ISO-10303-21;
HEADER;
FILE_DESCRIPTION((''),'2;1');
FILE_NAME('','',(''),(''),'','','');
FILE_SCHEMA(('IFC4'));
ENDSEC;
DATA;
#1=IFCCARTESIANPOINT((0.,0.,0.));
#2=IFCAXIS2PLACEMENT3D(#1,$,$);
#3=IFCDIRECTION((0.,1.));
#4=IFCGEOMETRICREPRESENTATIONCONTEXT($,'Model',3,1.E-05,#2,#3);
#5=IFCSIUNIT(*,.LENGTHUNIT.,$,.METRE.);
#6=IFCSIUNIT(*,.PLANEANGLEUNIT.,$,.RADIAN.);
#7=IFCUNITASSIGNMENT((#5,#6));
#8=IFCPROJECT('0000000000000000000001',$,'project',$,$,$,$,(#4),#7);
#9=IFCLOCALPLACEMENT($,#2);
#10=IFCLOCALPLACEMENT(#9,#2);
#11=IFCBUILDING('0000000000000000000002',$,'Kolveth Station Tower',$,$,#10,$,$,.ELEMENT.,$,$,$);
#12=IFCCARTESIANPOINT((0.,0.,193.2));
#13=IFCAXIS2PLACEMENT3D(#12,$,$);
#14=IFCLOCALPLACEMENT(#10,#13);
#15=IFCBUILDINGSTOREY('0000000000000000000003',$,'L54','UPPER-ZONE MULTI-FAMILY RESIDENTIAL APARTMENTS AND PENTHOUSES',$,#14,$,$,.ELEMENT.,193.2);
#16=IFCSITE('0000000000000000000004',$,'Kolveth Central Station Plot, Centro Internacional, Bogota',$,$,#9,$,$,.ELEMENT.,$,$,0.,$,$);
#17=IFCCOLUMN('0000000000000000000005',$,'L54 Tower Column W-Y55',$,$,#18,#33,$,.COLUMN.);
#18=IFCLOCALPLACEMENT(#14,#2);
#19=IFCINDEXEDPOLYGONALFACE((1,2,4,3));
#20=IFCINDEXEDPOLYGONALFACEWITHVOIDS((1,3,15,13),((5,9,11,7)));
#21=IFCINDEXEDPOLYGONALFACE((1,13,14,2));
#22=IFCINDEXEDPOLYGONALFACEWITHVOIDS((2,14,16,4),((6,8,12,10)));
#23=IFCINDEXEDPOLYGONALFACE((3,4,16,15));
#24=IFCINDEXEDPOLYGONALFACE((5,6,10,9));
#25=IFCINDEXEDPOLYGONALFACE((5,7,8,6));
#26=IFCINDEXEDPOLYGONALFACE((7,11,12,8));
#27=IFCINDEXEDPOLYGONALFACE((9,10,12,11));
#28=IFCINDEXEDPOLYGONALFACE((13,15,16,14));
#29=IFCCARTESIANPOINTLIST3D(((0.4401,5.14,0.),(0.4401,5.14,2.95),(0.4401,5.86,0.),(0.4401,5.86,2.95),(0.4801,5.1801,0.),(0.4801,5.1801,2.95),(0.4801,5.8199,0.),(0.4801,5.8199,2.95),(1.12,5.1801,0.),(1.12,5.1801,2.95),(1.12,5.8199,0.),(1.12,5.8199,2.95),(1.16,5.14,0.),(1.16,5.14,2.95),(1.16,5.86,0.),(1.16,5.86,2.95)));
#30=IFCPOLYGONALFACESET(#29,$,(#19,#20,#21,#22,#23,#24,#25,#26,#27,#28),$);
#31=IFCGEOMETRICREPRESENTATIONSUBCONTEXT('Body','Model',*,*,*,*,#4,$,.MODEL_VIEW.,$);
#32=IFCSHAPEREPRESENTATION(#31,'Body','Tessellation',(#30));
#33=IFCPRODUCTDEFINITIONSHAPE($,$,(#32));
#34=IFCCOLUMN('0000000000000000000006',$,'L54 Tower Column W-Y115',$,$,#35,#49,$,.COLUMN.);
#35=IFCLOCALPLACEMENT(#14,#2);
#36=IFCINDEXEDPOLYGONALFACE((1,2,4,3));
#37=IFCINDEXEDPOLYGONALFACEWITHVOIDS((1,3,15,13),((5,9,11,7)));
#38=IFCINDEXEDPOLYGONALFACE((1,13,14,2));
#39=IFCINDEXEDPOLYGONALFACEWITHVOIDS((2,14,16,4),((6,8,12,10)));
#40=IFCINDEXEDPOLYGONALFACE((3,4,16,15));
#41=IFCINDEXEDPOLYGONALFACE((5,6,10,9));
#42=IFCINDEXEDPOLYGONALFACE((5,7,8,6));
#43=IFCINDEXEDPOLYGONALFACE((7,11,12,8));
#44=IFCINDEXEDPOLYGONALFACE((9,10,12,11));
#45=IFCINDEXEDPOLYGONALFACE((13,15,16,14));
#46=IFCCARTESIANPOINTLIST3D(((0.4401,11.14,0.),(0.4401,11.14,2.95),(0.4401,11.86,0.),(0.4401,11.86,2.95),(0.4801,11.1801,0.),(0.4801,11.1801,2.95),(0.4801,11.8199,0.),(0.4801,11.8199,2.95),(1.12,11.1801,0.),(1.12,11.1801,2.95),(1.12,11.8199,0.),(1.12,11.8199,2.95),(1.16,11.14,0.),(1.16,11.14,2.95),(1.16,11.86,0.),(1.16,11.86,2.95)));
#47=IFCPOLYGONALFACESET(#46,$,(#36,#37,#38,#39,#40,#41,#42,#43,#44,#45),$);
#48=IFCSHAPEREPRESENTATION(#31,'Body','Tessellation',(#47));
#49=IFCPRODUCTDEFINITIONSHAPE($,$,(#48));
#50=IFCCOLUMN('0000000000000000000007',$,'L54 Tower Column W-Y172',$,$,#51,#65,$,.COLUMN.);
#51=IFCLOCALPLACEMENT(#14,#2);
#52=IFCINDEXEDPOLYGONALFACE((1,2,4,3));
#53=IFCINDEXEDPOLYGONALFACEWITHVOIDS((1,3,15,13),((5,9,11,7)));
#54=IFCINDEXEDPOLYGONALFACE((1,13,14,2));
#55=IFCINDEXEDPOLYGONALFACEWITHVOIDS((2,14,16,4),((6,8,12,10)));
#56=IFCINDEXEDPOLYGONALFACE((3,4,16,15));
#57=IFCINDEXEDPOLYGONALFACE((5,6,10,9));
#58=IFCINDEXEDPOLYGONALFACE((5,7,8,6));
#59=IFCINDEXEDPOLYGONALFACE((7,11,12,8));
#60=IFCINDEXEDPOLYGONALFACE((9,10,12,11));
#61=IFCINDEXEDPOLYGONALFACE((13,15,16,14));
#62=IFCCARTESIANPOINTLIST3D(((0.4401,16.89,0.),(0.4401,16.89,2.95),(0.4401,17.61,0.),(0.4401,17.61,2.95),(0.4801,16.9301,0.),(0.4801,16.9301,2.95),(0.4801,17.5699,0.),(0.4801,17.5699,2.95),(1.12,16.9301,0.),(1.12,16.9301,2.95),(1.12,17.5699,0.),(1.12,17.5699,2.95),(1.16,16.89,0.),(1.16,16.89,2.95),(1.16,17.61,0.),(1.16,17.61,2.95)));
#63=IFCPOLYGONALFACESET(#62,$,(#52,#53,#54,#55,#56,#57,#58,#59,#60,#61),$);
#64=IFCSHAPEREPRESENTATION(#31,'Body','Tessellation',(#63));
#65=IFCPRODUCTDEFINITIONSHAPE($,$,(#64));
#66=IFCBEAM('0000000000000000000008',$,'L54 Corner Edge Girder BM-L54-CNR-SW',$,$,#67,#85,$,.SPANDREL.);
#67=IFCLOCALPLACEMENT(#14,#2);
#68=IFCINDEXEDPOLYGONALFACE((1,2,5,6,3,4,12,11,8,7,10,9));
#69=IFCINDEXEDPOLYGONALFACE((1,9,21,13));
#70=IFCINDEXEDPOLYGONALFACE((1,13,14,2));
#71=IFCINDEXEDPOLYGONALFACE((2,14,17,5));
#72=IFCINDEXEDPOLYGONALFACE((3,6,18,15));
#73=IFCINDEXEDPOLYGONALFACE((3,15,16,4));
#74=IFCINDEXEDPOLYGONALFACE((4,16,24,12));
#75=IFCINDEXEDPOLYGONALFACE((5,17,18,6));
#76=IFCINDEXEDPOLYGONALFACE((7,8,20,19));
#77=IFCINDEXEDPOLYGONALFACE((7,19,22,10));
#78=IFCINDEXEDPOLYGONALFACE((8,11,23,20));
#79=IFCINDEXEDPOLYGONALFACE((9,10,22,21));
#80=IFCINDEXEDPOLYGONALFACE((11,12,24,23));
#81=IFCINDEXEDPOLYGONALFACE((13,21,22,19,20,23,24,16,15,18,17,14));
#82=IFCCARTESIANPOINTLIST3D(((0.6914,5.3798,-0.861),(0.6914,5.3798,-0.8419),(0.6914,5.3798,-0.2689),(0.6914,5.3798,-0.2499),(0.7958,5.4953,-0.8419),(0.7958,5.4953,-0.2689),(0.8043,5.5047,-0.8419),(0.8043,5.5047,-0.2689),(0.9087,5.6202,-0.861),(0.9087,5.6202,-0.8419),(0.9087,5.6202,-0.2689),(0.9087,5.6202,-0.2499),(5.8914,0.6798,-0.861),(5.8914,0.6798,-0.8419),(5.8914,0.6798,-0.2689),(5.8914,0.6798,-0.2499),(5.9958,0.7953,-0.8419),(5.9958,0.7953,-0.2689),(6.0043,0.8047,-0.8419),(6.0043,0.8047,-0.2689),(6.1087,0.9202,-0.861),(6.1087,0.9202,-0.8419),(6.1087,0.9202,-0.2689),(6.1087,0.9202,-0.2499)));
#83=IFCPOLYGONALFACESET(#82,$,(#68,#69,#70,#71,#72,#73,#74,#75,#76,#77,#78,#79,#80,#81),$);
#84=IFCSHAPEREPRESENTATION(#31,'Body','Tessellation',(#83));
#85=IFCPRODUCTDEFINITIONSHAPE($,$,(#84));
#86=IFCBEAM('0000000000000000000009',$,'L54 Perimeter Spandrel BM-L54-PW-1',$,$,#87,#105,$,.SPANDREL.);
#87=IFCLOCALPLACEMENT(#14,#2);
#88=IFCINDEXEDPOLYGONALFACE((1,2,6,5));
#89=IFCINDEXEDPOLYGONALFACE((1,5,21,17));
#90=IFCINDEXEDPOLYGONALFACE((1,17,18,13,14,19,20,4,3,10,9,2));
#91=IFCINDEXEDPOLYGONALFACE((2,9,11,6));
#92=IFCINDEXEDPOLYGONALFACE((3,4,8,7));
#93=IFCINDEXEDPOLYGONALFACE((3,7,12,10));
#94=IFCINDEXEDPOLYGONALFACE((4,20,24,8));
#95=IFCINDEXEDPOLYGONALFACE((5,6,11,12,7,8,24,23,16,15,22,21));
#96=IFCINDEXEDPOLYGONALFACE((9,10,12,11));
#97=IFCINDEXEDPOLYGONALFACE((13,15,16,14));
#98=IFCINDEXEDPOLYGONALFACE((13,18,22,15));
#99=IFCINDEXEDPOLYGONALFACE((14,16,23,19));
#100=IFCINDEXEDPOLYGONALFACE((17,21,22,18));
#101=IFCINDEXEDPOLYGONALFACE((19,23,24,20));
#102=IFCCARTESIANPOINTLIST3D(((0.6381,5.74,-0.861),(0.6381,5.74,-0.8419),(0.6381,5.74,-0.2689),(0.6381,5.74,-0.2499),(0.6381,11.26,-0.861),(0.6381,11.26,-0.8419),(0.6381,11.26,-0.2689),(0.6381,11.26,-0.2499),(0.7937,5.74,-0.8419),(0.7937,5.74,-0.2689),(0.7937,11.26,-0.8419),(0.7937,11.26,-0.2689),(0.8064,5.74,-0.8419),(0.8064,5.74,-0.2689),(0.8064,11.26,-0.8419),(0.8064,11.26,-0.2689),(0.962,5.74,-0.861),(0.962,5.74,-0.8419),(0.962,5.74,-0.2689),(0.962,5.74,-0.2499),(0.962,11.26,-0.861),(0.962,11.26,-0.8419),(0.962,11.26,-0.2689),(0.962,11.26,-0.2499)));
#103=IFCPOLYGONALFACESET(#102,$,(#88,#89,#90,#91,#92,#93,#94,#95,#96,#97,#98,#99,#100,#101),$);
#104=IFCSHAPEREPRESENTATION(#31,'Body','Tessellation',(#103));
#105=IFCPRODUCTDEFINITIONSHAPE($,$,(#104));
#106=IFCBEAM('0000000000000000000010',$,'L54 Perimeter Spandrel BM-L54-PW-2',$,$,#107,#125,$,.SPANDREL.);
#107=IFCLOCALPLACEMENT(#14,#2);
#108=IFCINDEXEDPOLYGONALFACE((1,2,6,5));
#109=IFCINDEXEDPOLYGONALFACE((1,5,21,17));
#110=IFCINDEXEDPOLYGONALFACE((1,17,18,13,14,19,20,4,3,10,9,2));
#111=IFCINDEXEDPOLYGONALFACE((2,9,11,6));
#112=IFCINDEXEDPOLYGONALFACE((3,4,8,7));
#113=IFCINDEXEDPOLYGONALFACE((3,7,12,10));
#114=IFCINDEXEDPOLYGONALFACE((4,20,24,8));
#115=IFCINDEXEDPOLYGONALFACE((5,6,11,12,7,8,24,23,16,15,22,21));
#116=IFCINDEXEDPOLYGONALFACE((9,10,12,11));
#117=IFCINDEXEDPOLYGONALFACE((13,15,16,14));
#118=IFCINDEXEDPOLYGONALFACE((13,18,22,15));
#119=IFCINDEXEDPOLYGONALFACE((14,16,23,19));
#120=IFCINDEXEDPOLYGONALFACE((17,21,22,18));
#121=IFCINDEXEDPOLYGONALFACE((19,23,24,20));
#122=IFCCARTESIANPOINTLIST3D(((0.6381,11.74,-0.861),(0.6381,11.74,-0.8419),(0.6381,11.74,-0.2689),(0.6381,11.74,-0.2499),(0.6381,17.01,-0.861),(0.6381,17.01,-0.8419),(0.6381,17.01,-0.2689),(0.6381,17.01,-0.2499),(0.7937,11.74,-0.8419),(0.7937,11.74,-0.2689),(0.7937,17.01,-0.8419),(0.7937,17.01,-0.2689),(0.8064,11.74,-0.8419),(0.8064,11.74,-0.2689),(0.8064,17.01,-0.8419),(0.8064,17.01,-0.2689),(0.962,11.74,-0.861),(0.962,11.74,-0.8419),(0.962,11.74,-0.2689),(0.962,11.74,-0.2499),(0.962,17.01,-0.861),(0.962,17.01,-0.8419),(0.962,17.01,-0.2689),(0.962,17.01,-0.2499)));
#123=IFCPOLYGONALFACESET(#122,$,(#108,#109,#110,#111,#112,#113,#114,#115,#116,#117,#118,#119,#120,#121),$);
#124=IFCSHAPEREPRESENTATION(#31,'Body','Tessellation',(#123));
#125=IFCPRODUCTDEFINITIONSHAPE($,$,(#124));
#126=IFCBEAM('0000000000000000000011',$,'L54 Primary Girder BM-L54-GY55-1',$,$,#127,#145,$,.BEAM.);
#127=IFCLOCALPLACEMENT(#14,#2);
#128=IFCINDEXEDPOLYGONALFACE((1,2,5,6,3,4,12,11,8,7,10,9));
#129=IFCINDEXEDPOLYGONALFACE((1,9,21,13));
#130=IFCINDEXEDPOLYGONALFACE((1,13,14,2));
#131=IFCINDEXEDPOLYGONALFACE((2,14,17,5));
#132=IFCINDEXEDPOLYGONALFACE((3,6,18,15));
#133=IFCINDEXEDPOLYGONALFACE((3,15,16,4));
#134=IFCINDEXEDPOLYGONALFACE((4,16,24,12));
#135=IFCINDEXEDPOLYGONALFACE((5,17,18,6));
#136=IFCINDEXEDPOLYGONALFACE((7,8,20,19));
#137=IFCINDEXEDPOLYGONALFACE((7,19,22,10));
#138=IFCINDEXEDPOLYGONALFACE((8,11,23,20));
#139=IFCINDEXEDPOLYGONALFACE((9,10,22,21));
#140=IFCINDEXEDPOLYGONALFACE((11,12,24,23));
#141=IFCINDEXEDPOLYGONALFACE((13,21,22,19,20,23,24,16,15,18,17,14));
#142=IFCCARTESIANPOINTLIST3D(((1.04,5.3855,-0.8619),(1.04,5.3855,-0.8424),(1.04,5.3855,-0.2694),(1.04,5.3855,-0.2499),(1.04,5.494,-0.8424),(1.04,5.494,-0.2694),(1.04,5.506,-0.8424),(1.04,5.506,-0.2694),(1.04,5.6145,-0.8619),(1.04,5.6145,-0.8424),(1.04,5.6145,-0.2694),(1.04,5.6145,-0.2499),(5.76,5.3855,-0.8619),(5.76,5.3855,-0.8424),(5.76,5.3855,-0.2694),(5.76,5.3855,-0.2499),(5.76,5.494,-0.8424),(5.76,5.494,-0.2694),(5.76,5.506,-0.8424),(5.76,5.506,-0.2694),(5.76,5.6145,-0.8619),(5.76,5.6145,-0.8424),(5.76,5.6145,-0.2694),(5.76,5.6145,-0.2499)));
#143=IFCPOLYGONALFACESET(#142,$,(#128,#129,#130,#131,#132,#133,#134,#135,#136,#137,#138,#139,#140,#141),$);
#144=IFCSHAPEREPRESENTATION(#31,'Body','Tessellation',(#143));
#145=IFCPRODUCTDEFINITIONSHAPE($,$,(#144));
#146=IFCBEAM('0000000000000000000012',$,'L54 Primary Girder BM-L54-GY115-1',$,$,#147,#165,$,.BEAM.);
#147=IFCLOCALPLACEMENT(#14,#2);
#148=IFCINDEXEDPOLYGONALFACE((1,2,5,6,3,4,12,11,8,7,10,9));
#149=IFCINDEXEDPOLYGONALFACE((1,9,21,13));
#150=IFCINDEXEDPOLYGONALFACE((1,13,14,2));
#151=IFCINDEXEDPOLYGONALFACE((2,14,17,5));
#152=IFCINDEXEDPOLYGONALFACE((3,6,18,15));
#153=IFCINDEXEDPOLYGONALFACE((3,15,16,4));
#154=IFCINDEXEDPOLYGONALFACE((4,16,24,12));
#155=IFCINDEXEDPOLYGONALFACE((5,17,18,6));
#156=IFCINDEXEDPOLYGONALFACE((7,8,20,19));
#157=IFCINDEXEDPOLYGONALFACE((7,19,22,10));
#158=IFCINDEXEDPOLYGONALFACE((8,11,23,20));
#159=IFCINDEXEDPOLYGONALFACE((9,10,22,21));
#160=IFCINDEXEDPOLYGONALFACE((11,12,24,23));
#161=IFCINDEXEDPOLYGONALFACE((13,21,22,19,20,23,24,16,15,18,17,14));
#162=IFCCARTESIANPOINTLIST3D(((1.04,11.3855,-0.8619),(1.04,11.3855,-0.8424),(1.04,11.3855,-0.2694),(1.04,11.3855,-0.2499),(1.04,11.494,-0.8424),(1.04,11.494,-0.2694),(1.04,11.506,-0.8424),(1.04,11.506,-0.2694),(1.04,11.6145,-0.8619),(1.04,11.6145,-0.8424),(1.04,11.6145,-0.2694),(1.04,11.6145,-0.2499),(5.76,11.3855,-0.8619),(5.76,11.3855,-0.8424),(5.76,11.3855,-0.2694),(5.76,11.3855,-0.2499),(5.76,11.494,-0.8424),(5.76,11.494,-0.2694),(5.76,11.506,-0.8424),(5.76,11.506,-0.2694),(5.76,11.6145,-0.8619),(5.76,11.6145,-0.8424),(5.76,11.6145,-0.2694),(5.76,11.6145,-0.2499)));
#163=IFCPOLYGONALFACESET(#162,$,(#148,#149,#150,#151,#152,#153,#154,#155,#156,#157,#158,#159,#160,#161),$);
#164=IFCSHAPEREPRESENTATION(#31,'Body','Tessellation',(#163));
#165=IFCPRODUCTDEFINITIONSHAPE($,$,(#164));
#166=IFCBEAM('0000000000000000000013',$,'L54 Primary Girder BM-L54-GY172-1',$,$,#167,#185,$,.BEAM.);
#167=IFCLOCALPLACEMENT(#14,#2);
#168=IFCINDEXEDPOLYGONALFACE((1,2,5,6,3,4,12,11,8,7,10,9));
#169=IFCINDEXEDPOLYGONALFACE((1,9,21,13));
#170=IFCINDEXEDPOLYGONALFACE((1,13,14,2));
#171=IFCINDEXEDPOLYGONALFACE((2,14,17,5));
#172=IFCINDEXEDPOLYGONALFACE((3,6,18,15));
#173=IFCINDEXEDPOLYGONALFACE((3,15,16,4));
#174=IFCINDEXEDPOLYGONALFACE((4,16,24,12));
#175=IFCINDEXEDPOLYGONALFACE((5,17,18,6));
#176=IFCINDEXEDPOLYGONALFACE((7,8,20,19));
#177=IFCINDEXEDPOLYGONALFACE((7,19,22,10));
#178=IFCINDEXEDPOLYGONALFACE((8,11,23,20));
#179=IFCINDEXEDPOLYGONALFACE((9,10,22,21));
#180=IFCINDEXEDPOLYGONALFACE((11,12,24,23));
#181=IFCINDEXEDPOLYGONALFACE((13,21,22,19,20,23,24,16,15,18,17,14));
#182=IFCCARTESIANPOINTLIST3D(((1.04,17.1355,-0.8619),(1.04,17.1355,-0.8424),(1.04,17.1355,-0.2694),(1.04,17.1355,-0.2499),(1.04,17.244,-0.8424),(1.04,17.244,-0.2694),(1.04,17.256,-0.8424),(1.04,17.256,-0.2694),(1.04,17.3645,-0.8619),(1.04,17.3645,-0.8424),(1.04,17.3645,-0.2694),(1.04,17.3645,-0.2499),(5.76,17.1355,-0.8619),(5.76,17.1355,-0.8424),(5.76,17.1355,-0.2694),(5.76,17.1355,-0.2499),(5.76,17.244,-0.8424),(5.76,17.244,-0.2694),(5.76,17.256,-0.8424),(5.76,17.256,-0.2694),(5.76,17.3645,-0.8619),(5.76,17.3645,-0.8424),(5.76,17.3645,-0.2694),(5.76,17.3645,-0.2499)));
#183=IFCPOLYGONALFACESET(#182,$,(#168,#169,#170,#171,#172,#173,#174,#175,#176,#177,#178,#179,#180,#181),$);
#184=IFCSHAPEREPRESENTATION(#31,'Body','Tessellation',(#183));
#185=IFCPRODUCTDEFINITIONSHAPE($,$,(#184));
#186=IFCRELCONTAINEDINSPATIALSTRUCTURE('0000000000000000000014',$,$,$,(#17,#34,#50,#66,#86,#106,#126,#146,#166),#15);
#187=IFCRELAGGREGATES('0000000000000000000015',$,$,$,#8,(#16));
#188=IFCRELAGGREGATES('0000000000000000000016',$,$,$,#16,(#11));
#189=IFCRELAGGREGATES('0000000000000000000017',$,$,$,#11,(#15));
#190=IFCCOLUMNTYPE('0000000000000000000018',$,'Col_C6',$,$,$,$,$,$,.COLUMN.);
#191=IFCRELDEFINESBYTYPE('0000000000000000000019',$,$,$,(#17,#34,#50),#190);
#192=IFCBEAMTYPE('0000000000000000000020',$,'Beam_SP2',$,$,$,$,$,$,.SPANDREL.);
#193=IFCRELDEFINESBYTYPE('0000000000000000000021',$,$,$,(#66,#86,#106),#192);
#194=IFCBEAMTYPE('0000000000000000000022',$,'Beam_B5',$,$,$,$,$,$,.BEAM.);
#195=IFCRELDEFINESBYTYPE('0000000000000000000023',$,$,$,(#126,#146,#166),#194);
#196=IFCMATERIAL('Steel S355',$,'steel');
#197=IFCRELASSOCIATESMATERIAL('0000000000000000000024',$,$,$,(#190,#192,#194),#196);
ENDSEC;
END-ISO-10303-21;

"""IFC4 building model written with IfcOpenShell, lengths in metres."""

from ifc_helpers import new_model, si_unit, direction, frame, origin, origin_2d, place, context, subcontext, project, spatial, hollow_rectangle, i_section, extrude, source, transform, mapped, material, material_profile, profile_set, type_object, element, save


model = new_model("IFC4")

# Units and contexts
model_context = context("Model", 3, precision=1e-05, world=origin(), true_north=direction((0.0, 1.0)))
body_context = subcontext(model_context, "Body", "Model", "MODEL_VIEW")
ifc_project = project(units=[si_unit("LENGTHUNIT", "METRE"), si_unit("PLANEANGLEUNIT", "RADIAN")], contexts=[model_context])

# Site, building, storey
site_placement = place(None, origin())
site = spatial("IfcSite", under=ifc_project, at=site_placement, Name="Kolveth Central Station Plot, Centro Internacional, Bogota", CompositionType="ELEMENT", RefElevation=0.0)
building_placement = place(site_placement, origin())
building = spatial("IfcBuilding", under=site, at=building_placement, Name="Kolveth Station Tower", CompositionType="ELEMENT")
storey_placement = place(building_placement, frame((0.0, 0.0, 193.2)))
storey = spatial("IfcBuildingStorey", under=building, at=storey_placement, Name="L54", Description="UPPER-ZONE MULTI-FAMILY RESIDENTIAL APARTMENTS AND PENTHOUSES", CompositionType="ELEMENT", Elevation=193.2)

# Columns
ifc_material_1 = material(Name="Steel S355", Category="steel")
ifc_material_profile_1 = material_profile(ifc_material_1, hollow_rectangle(XDim=0.72, YDim=0.72, WallThickness=0.04, at=origin_2d()), Name="BOX720x720x40")
ifc_profile_set_1 = profile_set([ifc_material_profile_1], Name="Steel S355")
column_type = type_object("IfcColumnType", Name="Col_C6", PredefinedType="COLUMN", material=ifc_profile_set_1)
shared_shape_1 = source(origin(), body_context, "Body", "SweptSolid", [
    extrude(hollow_rectangle(XDim=0.72, YDim=0.72, WallThickness=0.04, at=origin_2d()), origin(), (0.0, 0.0, 1.0), 2.95),
])
for number, where, z_axis, x_axis, name in (
    (1, (0.8, 5.5, 0.0), (0.0, 0.0, 1.0), (1.0, 0.0, 0.0), "L54 Tower Column W-Y55"),
    (2, (0.8, 11.5, 0.0), (0.0, 0.0, 1.0), (1.0, 0.0, 0.0), "L54 Tower Column W-Y115"),
    (3, (0.8, 17.25, 0.0), (0.0, 0.0, 1.0), (1.0, 0.0, 0.0), "L54 Tower Column W-Y172"),
):
    element("IfcColumn", number, at=place(storey_placement, frame(where, z_axis=z_axis, x_axis=x_axis)), inside=storey, type_object=column_type, Name=name, PredefinedType="COLUMN", context=body_context, shape_type="MappedRepresentation", body=[
        mapped(shared_shape_1, transform((0.0, 0.0, 0.0), x_axis=(1.0, 0.0, 0.0), y_axis=(0.0, 1.0, 0.0), z_axis=(0.0, 0.0, 1.0), scale=1.0)),
    ])

# Beams
ifc_material_profile_2 = material_profile(ifc_material_1, i_section(OverallWidth=0.324, OverallDepth=0.6111, WebThickness=0.0127, FlangeThickness=0.019, at=origin_2d()), Name="W610x155")
ifc_profile_set_2 = profile_set([ifc_material_profile_2], Name="Steel S355")
beam_type_1 = type_object("IfcBeamType", Name="Beam_SP2", PredefinedType="SPANDREL", material=ifc_profile_set_2)
shared_shape_2 = source(origin(), body_context, "Body", "SweptSolid", [
    extrude(i_section(OverallWidth=0.324, OverallDepth=0.6111, WebThickness=0.0127, FlangeThickness=0.019, at=origin_2d()), origin(), (0.0, 0.0, 1.0), 7.0093),
])
beam_1_placement = place(storey_placement, frame((0.8, 5.5, -0.5554), z_axis=(0.741874, -0.670539, 0.0), x_axis=(0.670539, 0.741874, 0.0)))
element("IfcBeam", 4, at=beam_1_placement, inside=storey, type_object=beam_type_1, Name="L54 Corner Edge Girder BM-L54-CNR-SW", PredefinedType="SPANDREL", context=body_context, shape_type="MappedRepresentation", body=[
    mapped(shared_shape_2, transform((0.0, 0.0, 0.0), x_axis=(1.0, 0.0, 0.0), y_axis=(0.0, 1.0, 0.0), z_axis=(0.0, 0.0, 1.0), scale=1.0)),
])
shared_shape_3 = source(origin(), body_context, "Body", "SweptSolid", [
    extrude(i_section(OverallWidth=0.324, OverallDepth=0.6111, WebThickness=0.0127, FlangeThickness=0.019, at=origin_2d()), origin(), (0.0, 0.0, 1.0), 5.52),
])
beam_2_placement = place(storey_placement, frame((0.8, 5.74, -0.5554), z_axis=(0.0, 1.0, 0.0), x_axis=(-1.0, 0.0, 0.0)))
element("IfcBeam", 5, at=beam_2_placement, inside=storey, type_object=beam_type_1, Name="L54 Perimeter Spandrel BM-L54-PW-1", PredefinedType="SPANDREL", context=body_context, shape_type="MappedRepresentation", body=[
    mapped(shared_shape_3, transform((0.0, 0.0, 0.0), x_axis=(1.0, 0.0, 0.0), y_axis=(0.0, 1.0, 0.0), z_axis=(0.0, 0.0, 1.0), scale=1.0)),
])
shared_shape_4 = source(origin(), body_context, "Body", "SweptSolid", [
    extrude(i_section(OverallWidth=0.324, OverallDepth=0.6111, WebThickness=0.0127, FlangeThickness=0.019, at=origin_2d()), origin(), (0.0, 0.0, 1.0), 5.27),
])
beam_3_placement = place(storey_placement, frame((0.8, 11.74, -0.5554), z_axis=(0.0, 1.0, 0.0), x_axis=(-1.0, 0.0, 0.0)))
element("IfcBeam", 6, at=beam_3_placement, inside=storey, type_object=beam_type_1, Name="L54 Perimeter Spandrel BM-L54-PW-2", PredefinedType="SPANDREL", context=body_context, shape_type="MappedRepresentation", body=[
    mapped(shared_shape_4, transform((0.0, 0.0, 0.0), x_axis=(1.0, 0.0, 0.0), y_axis=(0.0, 1.0, 0.0), z_axis=(0.0, 0.0, 1.0), scale=1.0)),
])
ifc_material_profile_3 = material_profile(ifc_material_1, i_section(OverallWidth=0.229, OverallDepth=0.6121, WebThickness=0.012, FlangeThickness=0.0195, at=origin_2d()), Name="W610x125")
ifc_profile_set_3 = profile_set([ifc_material_profile_3], Name="Steel S355")
beam_type_2 = type_object("IfcBeamType", Name="Beam_B5", PredefinedType="BEAM", material=ifc_profile_set_3)
shared_shape_5 = source(origin(), body_context, "Body", "SweptSolid", [
    extrude(i_section(OverallWidth=0.229, OverallDepth=0.6121, WebThickness=0.012, FlangeThickness=0.0195, at=origin_2d()), origin(), (0.0, 0.0, 1.0), 4.72),
])
for number, where, z_axis, x_axis, name in (
    (7, (1.04, 5.5, -0.5559), (1.0, 0.0, 0.0), (0.0, 1.0, 0.0), "L54 Primary Girder BM-L54-GY55-1"),
    (8, (1.04, 11.5, -0.5559), (1.0, 0.0, 0.0), (0.0, 1.0, 0.0), "L54 Primary Girder BM-L54-GY115-1"),
    (9, (1.04, 17.25, -0.5559), (1.0, 0.0, 0.0), (0.0, 1.0, 0.0), "L54 Primary Girder BM-L54-GY172-1"),
):
    element("IfcBeam", number, at=place(storey_placement, frame(where, z_axis=z_axis, x_axis=x_axis)), inside=storey, type_object=beam_type_2, Name=name, PredefinedType="BEAM", context=body_context, shape_type="MappedRepresentation", body=[
        mapped(shared_shape_5, transform((0.0, 0.0, 0.0), x_axis=(1.0, 0.0, 0.0), y_axis=(0.0, 1.0, 0.0), z_axis=(0.0, 0.0, 1.0), scale=1.0)),
    ])

save(model, "model.ifc")
